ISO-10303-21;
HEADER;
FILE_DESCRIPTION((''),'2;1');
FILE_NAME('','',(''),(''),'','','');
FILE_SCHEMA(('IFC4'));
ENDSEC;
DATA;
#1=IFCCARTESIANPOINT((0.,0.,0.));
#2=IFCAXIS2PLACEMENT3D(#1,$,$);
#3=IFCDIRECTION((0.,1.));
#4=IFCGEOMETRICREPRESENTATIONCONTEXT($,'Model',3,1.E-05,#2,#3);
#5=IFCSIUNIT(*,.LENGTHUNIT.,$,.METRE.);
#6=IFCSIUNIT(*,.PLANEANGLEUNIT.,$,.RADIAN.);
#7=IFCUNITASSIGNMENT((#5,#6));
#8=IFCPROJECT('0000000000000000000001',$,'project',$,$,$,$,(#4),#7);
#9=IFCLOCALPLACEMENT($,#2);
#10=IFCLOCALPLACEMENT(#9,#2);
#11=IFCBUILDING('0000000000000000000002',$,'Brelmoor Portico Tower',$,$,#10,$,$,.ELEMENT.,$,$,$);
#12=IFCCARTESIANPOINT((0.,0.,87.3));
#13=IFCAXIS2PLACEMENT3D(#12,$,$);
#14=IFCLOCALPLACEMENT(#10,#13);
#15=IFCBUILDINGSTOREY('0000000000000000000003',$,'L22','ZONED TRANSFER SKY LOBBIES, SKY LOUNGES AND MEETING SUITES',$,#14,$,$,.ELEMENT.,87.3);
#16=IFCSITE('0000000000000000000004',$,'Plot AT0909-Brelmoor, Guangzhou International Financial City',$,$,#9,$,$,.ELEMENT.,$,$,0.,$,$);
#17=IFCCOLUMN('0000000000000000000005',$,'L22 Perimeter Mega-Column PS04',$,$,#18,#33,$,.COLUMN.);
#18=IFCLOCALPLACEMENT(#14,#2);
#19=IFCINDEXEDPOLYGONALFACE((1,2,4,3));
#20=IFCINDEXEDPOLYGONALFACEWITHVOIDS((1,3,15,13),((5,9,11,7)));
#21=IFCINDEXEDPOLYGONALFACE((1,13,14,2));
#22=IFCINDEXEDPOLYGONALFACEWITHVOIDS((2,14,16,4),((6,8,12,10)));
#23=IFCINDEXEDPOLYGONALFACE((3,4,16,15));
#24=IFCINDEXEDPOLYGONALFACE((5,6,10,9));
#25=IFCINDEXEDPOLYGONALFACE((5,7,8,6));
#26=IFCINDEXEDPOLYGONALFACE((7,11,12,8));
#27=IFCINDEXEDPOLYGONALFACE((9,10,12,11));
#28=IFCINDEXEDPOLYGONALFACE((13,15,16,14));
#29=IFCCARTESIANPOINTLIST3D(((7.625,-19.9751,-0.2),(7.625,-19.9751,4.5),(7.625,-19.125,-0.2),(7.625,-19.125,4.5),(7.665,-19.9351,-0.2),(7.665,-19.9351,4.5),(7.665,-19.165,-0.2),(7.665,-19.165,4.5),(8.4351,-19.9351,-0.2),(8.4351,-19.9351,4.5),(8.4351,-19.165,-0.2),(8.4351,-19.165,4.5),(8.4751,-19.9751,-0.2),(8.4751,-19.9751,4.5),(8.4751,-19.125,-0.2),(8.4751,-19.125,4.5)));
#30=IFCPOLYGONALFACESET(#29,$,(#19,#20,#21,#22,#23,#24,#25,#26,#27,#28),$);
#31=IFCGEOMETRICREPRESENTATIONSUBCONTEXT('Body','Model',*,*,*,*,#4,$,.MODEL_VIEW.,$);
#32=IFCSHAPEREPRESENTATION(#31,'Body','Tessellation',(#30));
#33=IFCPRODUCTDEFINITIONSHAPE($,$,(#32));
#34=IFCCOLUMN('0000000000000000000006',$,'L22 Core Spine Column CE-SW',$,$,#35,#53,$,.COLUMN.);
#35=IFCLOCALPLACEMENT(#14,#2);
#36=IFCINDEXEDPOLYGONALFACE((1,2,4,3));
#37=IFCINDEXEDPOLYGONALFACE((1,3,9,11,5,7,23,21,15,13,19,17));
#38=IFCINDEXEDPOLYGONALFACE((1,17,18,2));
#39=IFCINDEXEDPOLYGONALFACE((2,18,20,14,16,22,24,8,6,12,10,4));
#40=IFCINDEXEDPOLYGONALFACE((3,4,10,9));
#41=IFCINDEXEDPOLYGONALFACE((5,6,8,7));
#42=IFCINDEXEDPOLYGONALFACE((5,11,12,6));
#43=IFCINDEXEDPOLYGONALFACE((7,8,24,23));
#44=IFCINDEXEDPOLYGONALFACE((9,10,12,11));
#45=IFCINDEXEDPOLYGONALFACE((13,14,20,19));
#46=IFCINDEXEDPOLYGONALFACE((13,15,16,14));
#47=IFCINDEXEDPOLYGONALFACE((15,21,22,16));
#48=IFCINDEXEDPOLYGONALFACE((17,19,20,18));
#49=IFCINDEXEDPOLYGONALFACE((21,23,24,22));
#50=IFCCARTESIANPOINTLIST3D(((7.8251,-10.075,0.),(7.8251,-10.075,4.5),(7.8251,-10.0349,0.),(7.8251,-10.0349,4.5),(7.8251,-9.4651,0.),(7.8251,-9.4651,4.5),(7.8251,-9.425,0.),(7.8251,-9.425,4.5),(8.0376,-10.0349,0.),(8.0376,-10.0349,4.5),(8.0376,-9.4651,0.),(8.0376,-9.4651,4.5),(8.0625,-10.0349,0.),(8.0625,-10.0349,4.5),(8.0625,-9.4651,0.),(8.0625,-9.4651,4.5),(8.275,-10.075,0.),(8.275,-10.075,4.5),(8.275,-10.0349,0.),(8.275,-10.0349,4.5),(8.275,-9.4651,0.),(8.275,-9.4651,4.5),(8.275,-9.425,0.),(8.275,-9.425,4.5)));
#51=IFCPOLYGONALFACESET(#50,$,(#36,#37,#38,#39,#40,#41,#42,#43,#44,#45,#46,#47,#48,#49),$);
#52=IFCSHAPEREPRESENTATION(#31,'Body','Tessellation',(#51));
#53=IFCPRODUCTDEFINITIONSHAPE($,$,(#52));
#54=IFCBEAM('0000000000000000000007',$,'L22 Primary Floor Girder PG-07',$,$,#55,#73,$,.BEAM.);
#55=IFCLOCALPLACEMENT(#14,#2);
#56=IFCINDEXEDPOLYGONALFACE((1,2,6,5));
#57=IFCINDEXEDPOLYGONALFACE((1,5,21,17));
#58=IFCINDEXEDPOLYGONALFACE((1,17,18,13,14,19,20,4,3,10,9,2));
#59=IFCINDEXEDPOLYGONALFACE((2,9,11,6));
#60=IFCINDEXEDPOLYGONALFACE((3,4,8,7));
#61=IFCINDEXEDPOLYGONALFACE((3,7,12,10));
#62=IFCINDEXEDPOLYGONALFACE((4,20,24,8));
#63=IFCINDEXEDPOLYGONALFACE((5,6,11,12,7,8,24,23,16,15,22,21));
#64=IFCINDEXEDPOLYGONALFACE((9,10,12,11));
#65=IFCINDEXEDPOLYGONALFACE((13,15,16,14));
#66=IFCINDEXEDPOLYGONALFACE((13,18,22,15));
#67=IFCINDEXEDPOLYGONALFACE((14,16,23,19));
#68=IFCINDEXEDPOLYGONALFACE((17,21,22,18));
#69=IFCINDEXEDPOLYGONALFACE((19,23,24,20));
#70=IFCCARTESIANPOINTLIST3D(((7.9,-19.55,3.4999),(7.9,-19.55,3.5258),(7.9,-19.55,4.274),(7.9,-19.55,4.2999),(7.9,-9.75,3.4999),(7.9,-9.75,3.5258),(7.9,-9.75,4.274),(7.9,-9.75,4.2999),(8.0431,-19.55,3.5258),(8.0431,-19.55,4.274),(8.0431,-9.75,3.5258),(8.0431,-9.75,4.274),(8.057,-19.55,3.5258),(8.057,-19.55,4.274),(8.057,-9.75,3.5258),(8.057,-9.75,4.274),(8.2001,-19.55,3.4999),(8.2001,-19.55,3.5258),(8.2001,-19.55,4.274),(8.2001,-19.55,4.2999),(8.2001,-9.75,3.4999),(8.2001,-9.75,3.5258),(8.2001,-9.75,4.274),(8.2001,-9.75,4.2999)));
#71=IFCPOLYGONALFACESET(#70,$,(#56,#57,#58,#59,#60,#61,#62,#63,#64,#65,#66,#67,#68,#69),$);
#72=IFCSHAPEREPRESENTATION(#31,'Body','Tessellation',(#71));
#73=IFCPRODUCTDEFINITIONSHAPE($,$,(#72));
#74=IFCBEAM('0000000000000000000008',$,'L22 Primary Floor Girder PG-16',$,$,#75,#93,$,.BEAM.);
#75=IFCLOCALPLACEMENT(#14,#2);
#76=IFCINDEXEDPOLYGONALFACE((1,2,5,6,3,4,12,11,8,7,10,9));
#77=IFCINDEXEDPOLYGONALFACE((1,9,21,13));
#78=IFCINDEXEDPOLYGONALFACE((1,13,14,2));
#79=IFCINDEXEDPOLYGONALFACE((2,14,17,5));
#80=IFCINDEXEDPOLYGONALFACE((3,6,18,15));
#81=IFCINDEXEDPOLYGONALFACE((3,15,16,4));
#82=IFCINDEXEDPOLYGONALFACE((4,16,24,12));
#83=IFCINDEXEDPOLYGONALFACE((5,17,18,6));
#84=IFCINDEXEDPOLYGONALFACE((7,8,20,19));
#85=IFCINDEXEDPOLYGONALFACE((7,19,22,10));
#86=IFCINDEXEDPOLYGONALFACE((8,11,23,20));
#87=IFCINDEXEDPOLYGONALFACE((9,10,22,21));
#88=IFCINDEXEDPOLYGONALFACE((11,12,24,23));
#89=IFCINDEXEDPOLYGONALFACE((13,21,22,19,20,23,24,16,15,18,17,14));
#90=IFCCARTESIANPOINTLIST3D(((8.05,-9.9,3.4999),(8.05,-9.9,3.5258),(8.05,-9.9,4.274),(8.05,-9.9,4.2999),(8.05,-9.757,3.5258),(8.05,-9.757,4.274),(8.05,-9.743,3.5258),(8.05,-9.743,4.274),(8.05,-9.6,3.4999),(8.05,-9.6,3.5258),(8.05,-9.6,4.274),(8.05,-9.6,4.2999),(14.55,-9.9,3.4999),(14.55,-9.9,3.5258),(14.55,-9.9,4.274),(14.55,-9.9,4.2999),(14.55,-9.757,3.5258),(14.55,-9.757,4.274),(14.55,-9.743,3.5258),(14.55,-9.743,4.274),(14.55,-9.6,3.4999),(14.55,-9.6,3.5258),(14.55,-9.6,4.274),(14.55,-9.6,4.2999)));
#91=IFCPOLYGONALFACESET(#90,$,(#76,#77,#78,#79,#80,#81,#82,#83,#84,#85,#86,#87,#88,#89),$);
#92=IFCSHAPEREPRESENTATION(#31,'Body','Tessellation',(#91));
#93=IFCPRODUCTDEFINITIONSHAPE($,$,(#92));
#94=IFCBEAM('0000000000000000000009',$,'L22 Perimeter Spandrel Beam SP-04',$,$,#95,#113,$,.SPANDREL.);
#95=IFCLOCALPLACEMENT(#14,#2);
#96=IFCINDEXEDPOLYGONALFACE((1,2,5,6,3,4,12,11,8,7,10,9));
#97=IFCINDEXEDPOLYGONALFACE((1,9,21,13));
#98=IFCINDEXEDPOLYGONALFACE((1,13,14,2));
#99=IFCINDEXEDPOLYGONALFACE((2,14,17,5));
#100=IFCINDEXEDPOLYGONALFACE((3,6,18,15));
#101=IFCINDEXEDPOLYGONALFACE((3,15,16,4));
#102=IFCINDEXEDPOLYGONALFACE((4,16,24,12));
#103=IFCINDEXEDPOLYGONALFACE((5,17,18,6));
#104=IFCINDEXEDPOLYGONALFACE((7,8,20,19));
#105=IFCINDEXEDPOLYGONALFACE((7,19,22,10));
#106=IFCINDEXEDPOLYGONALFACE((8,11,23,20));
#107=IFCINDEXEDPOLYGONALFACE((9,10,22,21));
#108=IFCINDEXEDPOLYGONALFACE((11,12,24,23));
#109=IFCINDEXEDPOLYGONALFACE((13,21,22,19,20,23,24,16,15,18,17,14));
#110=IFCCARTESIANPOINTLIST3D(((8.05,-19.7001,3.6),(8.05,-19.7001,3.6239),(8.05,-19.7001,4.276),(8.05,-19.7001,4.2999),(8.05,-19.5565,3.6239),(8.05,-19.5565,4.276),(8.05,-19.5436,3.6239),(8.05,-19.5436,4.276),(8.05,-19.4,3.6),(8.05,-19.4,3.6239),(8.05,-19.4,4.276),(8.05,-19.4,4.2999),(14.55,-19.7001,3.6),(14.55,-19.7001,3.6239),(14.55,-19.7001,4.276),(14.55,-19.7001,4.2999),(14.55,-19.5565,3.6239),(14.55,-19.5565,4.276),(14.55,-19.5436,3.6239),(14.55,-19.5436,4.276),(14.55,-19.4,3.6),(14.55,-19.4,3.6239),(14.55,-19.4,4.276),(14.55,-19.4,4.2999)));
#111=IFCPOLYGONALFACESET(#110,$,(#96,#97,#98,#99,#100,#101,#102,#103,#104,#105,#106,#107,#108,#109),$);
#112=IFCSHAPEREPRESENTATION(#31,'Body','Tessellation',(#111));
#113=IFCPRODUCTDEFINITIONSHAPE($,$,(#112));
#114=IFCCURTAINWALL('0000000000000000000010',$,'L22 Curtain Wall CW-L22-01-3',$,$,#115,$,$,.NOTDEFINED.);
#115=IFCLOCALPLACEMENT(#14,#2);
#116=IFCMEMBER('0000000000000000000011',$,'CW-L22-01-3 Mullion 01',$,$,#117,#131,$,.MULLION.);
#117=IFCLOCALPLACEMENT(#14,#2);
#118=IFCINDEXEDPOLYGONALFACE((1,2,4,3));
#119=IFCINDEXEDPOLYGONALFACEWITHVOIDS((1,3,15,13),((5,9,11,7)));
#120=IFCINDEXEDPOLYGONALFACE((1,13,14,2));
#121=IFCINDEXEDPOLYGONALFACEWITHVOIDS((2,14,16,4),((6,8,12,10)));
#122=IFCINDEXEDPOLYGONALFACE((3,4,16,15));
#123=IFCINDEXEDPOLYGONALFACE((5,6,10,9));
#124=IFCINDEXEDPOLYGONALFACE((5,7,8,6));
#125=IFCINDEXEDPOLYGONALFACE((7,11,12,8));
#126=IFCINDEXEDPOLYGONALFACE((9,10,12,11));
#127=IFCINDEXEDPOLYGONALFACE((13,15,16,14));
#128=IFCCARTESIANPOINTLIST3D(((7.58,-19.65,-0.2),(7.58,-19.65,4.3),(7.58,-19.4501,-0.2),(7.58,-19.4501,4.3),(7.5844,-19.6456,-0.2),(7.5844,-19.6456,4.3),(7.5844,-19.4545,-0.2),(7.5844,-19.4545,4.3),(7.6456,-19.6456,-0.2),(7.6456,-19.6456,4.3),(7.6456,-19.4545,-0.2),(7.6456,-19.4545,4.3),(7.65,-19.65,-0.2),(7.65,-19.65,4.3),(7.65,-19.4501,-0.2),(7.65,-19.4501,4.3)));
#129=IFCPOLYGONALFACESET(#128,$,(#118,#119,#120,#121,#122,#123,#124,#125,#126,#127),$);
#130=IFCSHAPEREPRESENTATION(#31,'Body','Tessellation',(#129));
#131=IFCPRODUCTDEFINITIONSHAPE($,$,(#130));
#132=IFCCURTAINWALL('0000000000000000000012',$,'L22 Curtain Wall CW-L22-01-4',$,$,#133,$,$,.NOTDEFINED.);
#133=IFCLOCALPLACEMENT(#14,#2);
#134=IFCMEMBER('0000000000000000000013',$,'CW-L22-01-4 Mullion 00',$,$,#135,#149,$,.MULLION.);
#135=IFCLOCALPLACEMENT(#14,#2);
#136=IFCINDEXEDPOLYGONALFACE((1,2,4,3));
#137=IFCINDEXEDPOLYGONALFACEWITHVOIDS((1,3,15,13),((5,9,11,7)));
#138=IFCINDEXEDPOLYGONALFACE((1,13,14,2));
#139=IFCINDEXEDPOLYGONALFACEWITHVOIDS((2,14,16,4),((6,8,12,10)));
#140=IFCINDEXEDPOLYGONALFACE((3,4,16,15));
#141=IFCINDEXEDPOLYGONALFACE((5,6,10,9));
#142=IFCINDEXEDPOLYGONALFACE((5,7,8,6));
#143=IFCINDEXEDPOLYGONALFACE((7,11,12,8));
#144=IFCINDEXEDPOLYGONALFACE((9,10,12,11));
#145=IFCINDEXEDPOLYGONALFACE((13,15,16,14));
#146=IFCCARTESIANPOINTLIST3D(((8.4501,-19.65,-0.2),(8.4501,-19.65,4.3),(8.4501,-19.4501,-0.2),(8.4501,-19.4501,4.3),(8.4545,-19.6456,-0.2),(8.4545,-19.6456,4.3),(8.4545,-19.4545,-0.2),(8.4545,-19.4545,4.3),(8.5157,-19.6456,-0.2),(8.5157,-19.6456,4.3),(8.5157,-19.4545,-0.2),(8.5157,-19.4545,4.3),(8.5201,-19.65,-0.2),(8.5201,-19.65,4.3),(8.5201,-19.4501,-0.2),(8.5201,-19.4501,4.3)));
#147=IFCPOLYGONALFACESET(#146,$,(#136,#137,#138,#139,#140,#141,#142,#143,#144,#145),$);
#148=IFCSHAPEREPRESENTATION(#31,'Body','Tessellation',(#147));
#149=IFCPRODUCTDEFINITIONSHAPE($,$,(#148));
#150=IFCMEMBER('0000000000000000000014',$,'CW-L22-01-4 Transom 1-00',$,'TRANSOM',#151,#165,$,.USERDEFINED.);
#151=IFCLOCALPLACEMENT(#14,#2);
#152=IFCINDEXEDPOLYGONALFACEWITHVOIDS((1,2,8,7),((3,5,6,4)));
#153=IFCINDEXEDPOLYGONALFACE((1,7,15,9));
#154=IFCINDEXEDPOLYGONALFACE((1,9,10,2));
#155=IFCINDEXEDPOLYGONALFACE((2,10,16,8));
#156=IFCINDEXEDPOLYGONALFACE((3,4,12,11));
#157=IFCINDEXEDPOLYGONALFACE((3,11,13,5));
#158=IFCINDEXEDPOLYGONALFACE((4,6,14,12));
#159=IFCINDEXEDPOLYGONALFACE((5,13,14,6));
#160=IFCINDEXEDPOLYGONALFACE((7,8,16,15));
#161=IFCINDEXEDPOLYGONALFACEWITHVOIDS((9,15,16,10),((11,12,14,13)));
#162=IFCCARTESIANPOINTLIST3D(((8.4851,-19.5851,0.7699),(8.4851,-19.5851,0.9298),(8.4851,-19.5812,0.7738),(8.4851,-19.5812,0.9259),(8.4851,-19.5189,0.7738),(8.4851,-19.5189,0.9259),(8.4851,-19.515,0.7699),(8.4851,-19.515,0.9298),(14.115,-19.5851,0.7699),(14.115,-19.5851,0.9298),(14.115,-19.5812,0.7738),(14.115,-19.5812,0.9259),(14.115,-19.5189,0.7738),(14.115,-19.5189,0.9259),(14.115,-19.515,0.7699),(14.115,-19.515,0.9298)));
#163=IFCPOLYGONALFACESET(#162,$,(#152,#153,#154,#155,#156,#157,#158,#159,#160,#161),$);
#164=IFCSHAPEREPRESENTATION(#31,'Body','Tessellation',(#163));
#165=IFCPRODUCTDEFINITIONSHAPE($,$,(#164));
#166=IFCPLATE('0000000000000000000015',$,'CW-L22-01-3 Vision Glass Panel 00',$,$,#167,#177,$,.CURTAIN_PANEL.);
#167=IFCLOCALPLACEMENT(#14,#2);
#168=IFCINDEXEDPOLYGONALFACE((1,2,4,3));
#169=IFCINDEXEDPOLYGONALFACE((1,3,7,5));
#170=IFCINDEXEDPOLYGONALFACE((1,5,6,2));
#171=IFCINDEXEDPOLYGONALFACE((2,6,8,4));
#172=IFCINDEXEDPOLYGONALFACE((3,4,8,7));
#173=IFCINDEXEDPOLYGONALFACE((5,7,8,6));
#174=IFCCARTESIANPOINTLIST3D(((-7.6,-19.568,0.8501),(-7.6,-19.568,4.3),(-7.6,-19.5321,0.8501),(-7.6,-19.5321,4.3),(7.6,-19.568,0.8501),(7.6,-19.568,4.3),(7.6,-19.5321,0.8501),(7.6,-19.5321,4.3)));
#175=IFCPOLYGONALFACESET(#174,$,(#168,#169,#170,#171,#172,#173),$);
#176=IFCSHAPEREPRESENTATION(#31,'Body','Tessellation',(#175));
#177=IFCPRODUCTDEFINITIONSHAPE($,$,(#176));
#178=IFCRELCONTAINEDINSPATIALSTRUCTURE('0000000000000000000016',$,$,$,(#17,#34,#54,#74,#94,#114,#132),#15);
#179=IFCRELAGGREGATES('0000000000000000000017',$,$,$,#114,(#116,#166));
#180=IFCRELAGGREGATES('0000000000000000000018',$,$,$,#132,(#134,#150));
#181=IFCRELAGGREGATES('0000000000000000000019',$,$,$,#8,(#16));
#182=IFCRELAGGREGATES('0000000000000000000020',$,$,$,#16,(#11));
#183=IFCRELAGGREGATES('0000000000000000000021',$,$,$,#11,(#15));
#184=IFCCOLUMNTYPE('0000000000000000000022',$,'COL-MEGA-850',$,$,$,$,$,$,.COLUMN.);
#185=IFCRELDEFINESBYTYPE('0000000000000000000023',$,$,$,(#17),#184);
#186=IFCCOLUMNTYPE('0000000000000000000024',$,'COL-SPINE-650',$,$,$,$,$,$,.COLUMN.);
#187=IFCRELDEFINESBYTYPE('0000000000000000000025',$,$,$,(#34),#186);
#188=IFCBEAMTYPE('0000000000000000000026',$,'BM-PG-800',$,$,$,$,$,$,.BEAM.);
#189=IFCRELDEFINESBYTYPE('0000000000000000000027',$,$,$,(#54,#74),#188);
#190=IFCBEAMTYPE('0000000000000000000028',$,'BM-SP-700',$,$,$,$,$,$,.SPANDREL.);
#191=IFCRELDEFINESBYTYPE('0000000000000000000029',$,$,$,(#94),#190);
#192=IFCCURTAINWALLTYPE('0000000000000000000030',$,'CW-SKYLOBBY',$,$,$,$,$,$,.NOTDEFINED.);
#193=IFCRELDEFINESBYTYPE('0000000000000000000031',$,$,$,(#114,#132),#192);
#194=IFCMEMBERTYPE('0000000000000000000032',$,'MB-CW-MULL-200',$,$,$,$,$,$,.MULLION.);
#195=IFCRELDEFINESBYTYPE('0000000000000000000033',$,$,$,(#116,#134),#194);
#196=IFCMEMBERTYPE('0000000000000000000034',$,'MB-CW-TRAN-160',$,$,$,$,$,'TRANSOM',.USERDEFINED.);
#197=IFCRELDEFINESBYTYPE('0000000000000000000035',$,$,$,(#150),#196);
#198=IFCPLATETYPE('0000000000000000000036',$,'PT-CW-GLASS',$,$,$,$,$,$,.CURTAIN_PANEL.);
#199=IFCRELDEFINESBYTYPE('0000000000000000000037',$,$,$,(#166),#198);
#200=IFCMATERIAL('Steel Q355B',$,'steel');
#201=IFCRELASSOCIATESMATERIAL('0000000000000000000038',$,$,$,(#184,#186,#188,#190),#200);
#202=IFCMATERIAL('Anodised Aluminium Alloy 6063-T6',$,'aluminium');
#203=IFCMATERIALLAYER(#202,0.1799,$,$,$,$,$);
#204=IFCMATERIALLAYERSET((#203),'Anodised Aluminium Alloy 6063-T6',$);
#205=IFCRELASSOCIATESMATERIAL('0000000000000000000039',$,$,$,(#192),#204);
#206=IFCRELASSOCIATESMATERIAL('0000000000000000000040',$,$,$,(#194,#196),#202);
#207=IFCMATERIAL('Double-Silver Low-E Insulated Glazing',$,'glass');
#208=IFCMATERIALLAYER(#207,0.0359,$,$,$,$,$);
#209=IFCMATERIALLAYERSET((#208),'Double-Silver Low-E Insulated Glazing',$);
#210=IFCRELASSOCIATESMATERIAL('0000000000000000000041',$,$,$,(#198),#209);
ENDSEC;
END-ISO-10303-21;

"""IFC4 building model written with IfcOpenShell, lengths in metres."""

from ifc_helpers import new_model, si_unit, direction, frame, origin, origin_2d, place, context, subcontext, project, spatial, rectangle, hollow_rectangle, i_section, extrude, material, layer, layer_set, material_profile, profile_set, type_object, element, aggregate, save


model = new_model("IFC4")

# Units and contexts
model_context = context("Model", 3, precision=1e-05, world=origin(), true_north=direction((0.0, 1.0)))
body_context = subcontext(model_context, "Body", "Model", "MODEL_VIEW")
ifc_project = project(units=[si_unit("LENGTHUNIT", "METRE"), si_unit("PLANEANGLEUNIT", "RADIAN")], contexts=[model_context])

# Site, building, storey
site_placement = place(None, origin())
site = spatial("IfcSite", under=ifc_project, at=site_placement, Name="Plot AT0909-Brelmoor, Guangzhou International Financial City", CompositionType="ELEMENT", RefElevation=0.0)
building_placement = place(site_placement, origin())
building = spatial("IfcBuilding", under=site, at=building_placement, Name="Brelmoor Portico Tower", CompositionType="ELEMENT")
storey_placement = place(building_placement, frame((0.0, 0.0, 87.3)))
storey = spatial("IfcBuildingStorey", under=building, at=storey_placement, Name="L22", Description="ZONED TRANSFER SKY LOBBIES, SKY LOUNGES AND MEETING SUITES", CompositionType="ELEMENT", Elevation=87.3)

# Columns
ifc_material_1 = material(Name="Steel Q355B", Category="steel")
ifc_material_profile_1 = material_profile(ifc_material_1, hollow_rectangle(XDim=0.8501, YDim=0.8501, WallThickness=0.04, at=origin_2d()), Name="BOX 850x850x40")
ifc_profile_set_1 = profile_set([ifc_material_profile_1], Name="Steel Q355B")
column_type_1 = type_object("IfcColumnType", Name="COL-MEGA-850", PredefinedType="COLUMN", material=ifc_profile_set_1)
column_1_placement = place(storey_placement, frame((8.05, -19.55, -0.2), z_axis=(0.0, 0.0, 1.0), x_axis=(1.0, 0.0, 0.0)))
element("IfcColumn", 1, at=column_1_placement, inside=storey, type_object=column_type_1, Name="L22 Perimeter Mega-Column PS04", PredefinedType="COLUMN", context=body_context, shape_type="SweptSolid", body=[
    extrude(hollow_rectangle(XDim=0.8501, YDim=0.8501, WallThickness=0.04, at=origin_2d()), origin(), (0.0, 0.0, 1.0), 4.7),
])
ifc_material_profile_2 = material_profile(ifc_material_1, i_section(OverallWidth=0.45, OverallDepth=0.6499, WebThickness=0.0249, FlangeThickness=0.04, at=origin_2d()), Name="HW 650x450x25x40")
ifc_profile_set_2 = profile_set([ifc_material_profile_2], Name="Steel Q355B")
column_type_2 = type_object("IfcColumnType", Name="COL-SPINE-650", PredefinedType="COLUMN", material=ifc_profile_set_2)
column_2_placement = place(storey_placement, frame((8.05, -9.75, 0.0), z_axis=(0.0, 0.0, 1.0), x_axis=(1.0, 0.0, 0.0)))
element("IfcColumn", 2, at=column_2_placement, inside=storey, type_object=column_type_2, Name="L22 Core Spine Column CE-SW", PredefinedType="COLUMN", context=body_context, shape_type="SweptSolid", body=[
    extrude(i_section(OverallWidth=0.45, OverallDepth=0.6499, WebThickness=0.0249, FlangeThickness=0.04, at=origin_2d()), origin(), (0.0, 0.0, 1.0), 4.5),
])

# Beams
ifc_material_profile_3 = material_profile(ifc_material_1, i_section(OverallWidth=0.3, OverallDepth=0.8, WebThickness=0.0139, FlangeThickness=0.0259, at=origin_2d()), Name="HN 800x300x14x26")
ifc_profile_set_3 = profile_set([ifc_material_profile_3], Name="Steel Q355B")
beam_type_1 = type_object("IfcBeamType", Name="BM-PG-800", PredefinedType="BEAM", material=ifc_profile_set_3)
beam_1_placement = place(storey_placement, frame((8.05, -19.55, 3.8999), z_axis=(0.0, 1.0, 0.0), x_axis=(-1.0, 0.0, 0.0)))
element("IfcBeam", 3, at=beam_1_placement, inside=storey, type_object=beam_type_1, Name="L22 Primary Floor Girder PG-07", PredefinedType="BEAM", context=body_context, shape_type="SweptSolid", body=[
    extrude(i_section(OverallWidth=0.3, OverallDepth=0.8, WebThickness=0.0139, FlangeThickness=0.0259, at=origin_2d()), origin(), (0.0, 0.0, 1.0), 9.8),
])
beam_2_placement = place(storey_placement, frame((8.05, -9.75, 3.8999), z_axis=(1.0, 0.0, 0.0), x_axis=(0.0, 1.0, 0.0)))
element("IfcBeam", 4, at=beam_2_placement, inside=storey, type_object=beam_type_1, Name="L22 Primary Floor Girder PG-16", PredefinedType="BEAM", context=body_context, shape_type="SweptSolid", body=[
    extrude(i_section(OverallWidth=0.3, OverallDepth=0.8, WebThickness=0.0139, FlangeThickness=0.0259, at=origin_2d()), origin(), (0.0, 0.0, 1.0), 6.5),
])
ifc_material_profile_4 = material_profile(ifc_material_1, i_section(OverallWidth=0.3, OverallDepth=0.7, WebThickness=0.0129, FlangeThickness=0.0239, at=origin_2d()), Name="HN 700x300x13x24")
ifc_profile_set_4 = profile_set([ifc_material_profile_4], Name="Steel Q355B")
beam_type_2 = type_object("IfcBeamType", Name="BM-SP-700", PredefinedType="SPANDREL", material=ifc_profile_set_4)
beam_3_placement = place(storey_placement, frame((8.05, -19.55, 3.95), z_axis=(1.0, 0.0, 0.0), x_axis=(0.0, 1.0, 0.0)))
element("IfcBeam", 5, at=beam_3_placement, inside=storey, type_object=beam_type_2, Name="L22 Perimeter Spandrel Beam SP-04", PredefinedType="SPANDREL", context=body_context, shape_type="SweptSolid", body=[
    extrude(i_section(OverallWidth=0.3, OverallDepth=0.7, WebThickness=0.0129, FlangeThickness=0.0239, at=origin_2d()), origin(), (0.0, 0.0, 1.0), 6.5),
])

# Curtain wall, member
ifc_material_2 = material(Name="Anodised Aluminium Alloy 6063-T6", Category="aluminium")
ifc_layer_1 = layer(ifc_material_2, 0.1799)
ifc_layer_set_1 = layer_set([ifc_layer_1], Name="Anodised Aluminium Alloy 6063-T6")
curtain_wall_type = type_object("IfcCurtainWallType", Name="CW-SKYLOBBY", PredefinedType="NOTDEFINED", material=ifc_layer_set_1)
curtain_wall_1_placement = place(storey_placement, origin())
curtain_wall_1 = element("IfcCurtainWall", 6, at=curtain_wall_1_placement, inside=storey, type_object=curtain_wall_type, Name="L22 Curtain Wall CW-L22-01-3", PredefinedType="NOTDEFINED")
ifc_material_profile_5 = material_profile(ifc_material_2, hollow_rectangle(XDim=0.0701, YDim=0.2, WallThickness=0.0044, at=origin_2d()), Name="ALU MULLION 70x200")
ifc_profile_set_5 = profile_set([ifc_material_profile_5], Name="Anodised Aluminium Alloy 6063-T6")
member_type_1 = type_object("IfcMemberType", Name="MB-CW-MULL-200", PredefinedType="MULLION", material=ifc_profile_set_5)
member_1_placement = place(storey_placement, frame((7.615, -19.55, -0.2), z_axis=(0.0, 0.0, 1.0), x_axis=(1.0, 0.0, 0.0)))
member_1 = element("IfcMember", 7, at=member_1_placement, type_object=member_type_1, Name="CW-L22-01-3 Mullion 01", PredefinedType="MULLION", context=body_context, shape_type="SweptSolid", body=[
    extrude(hollow_rectangle(XDim=0.0701, YDim=0.2, WallThickness=0.0044, at=origin_2d()), origin(), (0.0, 0.0, 1.0), 4.5),
])

# Curtain wall, members
curtain_wall_2_placement = place(storey_placement, origin())
curtain_wall_2 = element("IfcCurtainWall", 8, at=curtain_wall_2_placement, inside=storey, type_object=curtain_wall_type, Name="L22 Curtain Wall CW-L22-01-4", PredefinedType="NOTDEFINED")
member_2_placement = place(storey_placement, frame((8.4851, -19.55, -0.2), z_axis=(0.0, 0.0, 1.0), x_axis=(1.0, 0.0, 0.0)))
member_2 = element("IfcMember", 9, at=member_2_placement, type_object=member_type_1, Name="CW-L22-01-4 Mullion 00", PredefinedType="MULLION", context=body_context, shape_type="SweptSolid", body=[
    extrude(hollow_rectangle(XDim=0.0701, YDim=0.2, WallThickness=0.0044, at=origin_2d()), origin(), (0.0, 0.0, 1.0), 4.5),
])
ifc_material_profile_6 = material_profile(ifc_material_2, hollow_rectangle(XDim=0.0701, YDim=0.1599, WallThickness=0.0039, at=origin_2d()), Name="ALU TRANSOM 70x160")
ifc_profile_set_6 = profile_set([ifc_material_profile_6], Name="Anodised Aluminium Alloy 6063-T6")
member_type_2 = type_object("IfcMemberType", Name="MB-CW-TRAN-160", ElementType="TRANSOM", PredefinedType="USERDEFINED", material=ifc_profile_set_6)
member_3_placement = place(storey_placement, frame((8.4851, -19.55, 0.8499), z_axis=(1.0, 0.0, 0.0), x_axis=(0.0, 1.0, 0.0)))
member_3 = element("IfcMember", 10, at=member_3_placement, type_object=member_type_2, Name="CW-L22-01-4 Transom 1-00", ObjectType="TRANSOM", PredefinedType="USERDEFINED", context=body_context, shape_type="SweptSolid", body=[
    extrude(hollow_rectangle(XDim=0.0701, YDim=0.1599, WallThickness=0.0039, at=origin_2d()), origin(), (0.0, 0.0, 1.0), 5.6299),
])

# Plate
ifc_material_3 = material(Name="Double-Silver Low-E Insulated Glazing", Category="glass")
ifc_layer_2 = layer(ifc_material_3, 0.0359)
ifc_layer_set_2 = layer_set([ifc_layer_2], Name="Double-Silver Low-E Insulated Glazing")
plate_type_1 = type_object("IfcPlateType", Name="PT-CW-GLASS", PredefinedType="CURTAIN_PANEL", material=ifc_layer_set_2)
plate_1_placement = place(storey_placement, frame((0.0, -19.55, 0.8501), z_axis=(0.0, 0.0, 1.0), x_axis=(1.0, 0.0, 0.0)))
plate_1 = element("IfcPlate", 11, at=plate_1_placement, type_object=plate_type_1, Name="CW-L22-01-3 Vision Glass Panel 00", PredefinedType="CURTAIN_PANEL", context=body_context, shape_type="SweptSolid", body=[
    extrude(rectangle(XDim=15.2, YDim=0.0359, at=origin_2d()), origin(), (0.0, 0.0, 1.0), 3.45),
])
aggregate(curtain_wall_1, [member_1, plate_1])
aggregate(curtain_wall_2, [member_2, member_3])

save(model, "model.ifc")
